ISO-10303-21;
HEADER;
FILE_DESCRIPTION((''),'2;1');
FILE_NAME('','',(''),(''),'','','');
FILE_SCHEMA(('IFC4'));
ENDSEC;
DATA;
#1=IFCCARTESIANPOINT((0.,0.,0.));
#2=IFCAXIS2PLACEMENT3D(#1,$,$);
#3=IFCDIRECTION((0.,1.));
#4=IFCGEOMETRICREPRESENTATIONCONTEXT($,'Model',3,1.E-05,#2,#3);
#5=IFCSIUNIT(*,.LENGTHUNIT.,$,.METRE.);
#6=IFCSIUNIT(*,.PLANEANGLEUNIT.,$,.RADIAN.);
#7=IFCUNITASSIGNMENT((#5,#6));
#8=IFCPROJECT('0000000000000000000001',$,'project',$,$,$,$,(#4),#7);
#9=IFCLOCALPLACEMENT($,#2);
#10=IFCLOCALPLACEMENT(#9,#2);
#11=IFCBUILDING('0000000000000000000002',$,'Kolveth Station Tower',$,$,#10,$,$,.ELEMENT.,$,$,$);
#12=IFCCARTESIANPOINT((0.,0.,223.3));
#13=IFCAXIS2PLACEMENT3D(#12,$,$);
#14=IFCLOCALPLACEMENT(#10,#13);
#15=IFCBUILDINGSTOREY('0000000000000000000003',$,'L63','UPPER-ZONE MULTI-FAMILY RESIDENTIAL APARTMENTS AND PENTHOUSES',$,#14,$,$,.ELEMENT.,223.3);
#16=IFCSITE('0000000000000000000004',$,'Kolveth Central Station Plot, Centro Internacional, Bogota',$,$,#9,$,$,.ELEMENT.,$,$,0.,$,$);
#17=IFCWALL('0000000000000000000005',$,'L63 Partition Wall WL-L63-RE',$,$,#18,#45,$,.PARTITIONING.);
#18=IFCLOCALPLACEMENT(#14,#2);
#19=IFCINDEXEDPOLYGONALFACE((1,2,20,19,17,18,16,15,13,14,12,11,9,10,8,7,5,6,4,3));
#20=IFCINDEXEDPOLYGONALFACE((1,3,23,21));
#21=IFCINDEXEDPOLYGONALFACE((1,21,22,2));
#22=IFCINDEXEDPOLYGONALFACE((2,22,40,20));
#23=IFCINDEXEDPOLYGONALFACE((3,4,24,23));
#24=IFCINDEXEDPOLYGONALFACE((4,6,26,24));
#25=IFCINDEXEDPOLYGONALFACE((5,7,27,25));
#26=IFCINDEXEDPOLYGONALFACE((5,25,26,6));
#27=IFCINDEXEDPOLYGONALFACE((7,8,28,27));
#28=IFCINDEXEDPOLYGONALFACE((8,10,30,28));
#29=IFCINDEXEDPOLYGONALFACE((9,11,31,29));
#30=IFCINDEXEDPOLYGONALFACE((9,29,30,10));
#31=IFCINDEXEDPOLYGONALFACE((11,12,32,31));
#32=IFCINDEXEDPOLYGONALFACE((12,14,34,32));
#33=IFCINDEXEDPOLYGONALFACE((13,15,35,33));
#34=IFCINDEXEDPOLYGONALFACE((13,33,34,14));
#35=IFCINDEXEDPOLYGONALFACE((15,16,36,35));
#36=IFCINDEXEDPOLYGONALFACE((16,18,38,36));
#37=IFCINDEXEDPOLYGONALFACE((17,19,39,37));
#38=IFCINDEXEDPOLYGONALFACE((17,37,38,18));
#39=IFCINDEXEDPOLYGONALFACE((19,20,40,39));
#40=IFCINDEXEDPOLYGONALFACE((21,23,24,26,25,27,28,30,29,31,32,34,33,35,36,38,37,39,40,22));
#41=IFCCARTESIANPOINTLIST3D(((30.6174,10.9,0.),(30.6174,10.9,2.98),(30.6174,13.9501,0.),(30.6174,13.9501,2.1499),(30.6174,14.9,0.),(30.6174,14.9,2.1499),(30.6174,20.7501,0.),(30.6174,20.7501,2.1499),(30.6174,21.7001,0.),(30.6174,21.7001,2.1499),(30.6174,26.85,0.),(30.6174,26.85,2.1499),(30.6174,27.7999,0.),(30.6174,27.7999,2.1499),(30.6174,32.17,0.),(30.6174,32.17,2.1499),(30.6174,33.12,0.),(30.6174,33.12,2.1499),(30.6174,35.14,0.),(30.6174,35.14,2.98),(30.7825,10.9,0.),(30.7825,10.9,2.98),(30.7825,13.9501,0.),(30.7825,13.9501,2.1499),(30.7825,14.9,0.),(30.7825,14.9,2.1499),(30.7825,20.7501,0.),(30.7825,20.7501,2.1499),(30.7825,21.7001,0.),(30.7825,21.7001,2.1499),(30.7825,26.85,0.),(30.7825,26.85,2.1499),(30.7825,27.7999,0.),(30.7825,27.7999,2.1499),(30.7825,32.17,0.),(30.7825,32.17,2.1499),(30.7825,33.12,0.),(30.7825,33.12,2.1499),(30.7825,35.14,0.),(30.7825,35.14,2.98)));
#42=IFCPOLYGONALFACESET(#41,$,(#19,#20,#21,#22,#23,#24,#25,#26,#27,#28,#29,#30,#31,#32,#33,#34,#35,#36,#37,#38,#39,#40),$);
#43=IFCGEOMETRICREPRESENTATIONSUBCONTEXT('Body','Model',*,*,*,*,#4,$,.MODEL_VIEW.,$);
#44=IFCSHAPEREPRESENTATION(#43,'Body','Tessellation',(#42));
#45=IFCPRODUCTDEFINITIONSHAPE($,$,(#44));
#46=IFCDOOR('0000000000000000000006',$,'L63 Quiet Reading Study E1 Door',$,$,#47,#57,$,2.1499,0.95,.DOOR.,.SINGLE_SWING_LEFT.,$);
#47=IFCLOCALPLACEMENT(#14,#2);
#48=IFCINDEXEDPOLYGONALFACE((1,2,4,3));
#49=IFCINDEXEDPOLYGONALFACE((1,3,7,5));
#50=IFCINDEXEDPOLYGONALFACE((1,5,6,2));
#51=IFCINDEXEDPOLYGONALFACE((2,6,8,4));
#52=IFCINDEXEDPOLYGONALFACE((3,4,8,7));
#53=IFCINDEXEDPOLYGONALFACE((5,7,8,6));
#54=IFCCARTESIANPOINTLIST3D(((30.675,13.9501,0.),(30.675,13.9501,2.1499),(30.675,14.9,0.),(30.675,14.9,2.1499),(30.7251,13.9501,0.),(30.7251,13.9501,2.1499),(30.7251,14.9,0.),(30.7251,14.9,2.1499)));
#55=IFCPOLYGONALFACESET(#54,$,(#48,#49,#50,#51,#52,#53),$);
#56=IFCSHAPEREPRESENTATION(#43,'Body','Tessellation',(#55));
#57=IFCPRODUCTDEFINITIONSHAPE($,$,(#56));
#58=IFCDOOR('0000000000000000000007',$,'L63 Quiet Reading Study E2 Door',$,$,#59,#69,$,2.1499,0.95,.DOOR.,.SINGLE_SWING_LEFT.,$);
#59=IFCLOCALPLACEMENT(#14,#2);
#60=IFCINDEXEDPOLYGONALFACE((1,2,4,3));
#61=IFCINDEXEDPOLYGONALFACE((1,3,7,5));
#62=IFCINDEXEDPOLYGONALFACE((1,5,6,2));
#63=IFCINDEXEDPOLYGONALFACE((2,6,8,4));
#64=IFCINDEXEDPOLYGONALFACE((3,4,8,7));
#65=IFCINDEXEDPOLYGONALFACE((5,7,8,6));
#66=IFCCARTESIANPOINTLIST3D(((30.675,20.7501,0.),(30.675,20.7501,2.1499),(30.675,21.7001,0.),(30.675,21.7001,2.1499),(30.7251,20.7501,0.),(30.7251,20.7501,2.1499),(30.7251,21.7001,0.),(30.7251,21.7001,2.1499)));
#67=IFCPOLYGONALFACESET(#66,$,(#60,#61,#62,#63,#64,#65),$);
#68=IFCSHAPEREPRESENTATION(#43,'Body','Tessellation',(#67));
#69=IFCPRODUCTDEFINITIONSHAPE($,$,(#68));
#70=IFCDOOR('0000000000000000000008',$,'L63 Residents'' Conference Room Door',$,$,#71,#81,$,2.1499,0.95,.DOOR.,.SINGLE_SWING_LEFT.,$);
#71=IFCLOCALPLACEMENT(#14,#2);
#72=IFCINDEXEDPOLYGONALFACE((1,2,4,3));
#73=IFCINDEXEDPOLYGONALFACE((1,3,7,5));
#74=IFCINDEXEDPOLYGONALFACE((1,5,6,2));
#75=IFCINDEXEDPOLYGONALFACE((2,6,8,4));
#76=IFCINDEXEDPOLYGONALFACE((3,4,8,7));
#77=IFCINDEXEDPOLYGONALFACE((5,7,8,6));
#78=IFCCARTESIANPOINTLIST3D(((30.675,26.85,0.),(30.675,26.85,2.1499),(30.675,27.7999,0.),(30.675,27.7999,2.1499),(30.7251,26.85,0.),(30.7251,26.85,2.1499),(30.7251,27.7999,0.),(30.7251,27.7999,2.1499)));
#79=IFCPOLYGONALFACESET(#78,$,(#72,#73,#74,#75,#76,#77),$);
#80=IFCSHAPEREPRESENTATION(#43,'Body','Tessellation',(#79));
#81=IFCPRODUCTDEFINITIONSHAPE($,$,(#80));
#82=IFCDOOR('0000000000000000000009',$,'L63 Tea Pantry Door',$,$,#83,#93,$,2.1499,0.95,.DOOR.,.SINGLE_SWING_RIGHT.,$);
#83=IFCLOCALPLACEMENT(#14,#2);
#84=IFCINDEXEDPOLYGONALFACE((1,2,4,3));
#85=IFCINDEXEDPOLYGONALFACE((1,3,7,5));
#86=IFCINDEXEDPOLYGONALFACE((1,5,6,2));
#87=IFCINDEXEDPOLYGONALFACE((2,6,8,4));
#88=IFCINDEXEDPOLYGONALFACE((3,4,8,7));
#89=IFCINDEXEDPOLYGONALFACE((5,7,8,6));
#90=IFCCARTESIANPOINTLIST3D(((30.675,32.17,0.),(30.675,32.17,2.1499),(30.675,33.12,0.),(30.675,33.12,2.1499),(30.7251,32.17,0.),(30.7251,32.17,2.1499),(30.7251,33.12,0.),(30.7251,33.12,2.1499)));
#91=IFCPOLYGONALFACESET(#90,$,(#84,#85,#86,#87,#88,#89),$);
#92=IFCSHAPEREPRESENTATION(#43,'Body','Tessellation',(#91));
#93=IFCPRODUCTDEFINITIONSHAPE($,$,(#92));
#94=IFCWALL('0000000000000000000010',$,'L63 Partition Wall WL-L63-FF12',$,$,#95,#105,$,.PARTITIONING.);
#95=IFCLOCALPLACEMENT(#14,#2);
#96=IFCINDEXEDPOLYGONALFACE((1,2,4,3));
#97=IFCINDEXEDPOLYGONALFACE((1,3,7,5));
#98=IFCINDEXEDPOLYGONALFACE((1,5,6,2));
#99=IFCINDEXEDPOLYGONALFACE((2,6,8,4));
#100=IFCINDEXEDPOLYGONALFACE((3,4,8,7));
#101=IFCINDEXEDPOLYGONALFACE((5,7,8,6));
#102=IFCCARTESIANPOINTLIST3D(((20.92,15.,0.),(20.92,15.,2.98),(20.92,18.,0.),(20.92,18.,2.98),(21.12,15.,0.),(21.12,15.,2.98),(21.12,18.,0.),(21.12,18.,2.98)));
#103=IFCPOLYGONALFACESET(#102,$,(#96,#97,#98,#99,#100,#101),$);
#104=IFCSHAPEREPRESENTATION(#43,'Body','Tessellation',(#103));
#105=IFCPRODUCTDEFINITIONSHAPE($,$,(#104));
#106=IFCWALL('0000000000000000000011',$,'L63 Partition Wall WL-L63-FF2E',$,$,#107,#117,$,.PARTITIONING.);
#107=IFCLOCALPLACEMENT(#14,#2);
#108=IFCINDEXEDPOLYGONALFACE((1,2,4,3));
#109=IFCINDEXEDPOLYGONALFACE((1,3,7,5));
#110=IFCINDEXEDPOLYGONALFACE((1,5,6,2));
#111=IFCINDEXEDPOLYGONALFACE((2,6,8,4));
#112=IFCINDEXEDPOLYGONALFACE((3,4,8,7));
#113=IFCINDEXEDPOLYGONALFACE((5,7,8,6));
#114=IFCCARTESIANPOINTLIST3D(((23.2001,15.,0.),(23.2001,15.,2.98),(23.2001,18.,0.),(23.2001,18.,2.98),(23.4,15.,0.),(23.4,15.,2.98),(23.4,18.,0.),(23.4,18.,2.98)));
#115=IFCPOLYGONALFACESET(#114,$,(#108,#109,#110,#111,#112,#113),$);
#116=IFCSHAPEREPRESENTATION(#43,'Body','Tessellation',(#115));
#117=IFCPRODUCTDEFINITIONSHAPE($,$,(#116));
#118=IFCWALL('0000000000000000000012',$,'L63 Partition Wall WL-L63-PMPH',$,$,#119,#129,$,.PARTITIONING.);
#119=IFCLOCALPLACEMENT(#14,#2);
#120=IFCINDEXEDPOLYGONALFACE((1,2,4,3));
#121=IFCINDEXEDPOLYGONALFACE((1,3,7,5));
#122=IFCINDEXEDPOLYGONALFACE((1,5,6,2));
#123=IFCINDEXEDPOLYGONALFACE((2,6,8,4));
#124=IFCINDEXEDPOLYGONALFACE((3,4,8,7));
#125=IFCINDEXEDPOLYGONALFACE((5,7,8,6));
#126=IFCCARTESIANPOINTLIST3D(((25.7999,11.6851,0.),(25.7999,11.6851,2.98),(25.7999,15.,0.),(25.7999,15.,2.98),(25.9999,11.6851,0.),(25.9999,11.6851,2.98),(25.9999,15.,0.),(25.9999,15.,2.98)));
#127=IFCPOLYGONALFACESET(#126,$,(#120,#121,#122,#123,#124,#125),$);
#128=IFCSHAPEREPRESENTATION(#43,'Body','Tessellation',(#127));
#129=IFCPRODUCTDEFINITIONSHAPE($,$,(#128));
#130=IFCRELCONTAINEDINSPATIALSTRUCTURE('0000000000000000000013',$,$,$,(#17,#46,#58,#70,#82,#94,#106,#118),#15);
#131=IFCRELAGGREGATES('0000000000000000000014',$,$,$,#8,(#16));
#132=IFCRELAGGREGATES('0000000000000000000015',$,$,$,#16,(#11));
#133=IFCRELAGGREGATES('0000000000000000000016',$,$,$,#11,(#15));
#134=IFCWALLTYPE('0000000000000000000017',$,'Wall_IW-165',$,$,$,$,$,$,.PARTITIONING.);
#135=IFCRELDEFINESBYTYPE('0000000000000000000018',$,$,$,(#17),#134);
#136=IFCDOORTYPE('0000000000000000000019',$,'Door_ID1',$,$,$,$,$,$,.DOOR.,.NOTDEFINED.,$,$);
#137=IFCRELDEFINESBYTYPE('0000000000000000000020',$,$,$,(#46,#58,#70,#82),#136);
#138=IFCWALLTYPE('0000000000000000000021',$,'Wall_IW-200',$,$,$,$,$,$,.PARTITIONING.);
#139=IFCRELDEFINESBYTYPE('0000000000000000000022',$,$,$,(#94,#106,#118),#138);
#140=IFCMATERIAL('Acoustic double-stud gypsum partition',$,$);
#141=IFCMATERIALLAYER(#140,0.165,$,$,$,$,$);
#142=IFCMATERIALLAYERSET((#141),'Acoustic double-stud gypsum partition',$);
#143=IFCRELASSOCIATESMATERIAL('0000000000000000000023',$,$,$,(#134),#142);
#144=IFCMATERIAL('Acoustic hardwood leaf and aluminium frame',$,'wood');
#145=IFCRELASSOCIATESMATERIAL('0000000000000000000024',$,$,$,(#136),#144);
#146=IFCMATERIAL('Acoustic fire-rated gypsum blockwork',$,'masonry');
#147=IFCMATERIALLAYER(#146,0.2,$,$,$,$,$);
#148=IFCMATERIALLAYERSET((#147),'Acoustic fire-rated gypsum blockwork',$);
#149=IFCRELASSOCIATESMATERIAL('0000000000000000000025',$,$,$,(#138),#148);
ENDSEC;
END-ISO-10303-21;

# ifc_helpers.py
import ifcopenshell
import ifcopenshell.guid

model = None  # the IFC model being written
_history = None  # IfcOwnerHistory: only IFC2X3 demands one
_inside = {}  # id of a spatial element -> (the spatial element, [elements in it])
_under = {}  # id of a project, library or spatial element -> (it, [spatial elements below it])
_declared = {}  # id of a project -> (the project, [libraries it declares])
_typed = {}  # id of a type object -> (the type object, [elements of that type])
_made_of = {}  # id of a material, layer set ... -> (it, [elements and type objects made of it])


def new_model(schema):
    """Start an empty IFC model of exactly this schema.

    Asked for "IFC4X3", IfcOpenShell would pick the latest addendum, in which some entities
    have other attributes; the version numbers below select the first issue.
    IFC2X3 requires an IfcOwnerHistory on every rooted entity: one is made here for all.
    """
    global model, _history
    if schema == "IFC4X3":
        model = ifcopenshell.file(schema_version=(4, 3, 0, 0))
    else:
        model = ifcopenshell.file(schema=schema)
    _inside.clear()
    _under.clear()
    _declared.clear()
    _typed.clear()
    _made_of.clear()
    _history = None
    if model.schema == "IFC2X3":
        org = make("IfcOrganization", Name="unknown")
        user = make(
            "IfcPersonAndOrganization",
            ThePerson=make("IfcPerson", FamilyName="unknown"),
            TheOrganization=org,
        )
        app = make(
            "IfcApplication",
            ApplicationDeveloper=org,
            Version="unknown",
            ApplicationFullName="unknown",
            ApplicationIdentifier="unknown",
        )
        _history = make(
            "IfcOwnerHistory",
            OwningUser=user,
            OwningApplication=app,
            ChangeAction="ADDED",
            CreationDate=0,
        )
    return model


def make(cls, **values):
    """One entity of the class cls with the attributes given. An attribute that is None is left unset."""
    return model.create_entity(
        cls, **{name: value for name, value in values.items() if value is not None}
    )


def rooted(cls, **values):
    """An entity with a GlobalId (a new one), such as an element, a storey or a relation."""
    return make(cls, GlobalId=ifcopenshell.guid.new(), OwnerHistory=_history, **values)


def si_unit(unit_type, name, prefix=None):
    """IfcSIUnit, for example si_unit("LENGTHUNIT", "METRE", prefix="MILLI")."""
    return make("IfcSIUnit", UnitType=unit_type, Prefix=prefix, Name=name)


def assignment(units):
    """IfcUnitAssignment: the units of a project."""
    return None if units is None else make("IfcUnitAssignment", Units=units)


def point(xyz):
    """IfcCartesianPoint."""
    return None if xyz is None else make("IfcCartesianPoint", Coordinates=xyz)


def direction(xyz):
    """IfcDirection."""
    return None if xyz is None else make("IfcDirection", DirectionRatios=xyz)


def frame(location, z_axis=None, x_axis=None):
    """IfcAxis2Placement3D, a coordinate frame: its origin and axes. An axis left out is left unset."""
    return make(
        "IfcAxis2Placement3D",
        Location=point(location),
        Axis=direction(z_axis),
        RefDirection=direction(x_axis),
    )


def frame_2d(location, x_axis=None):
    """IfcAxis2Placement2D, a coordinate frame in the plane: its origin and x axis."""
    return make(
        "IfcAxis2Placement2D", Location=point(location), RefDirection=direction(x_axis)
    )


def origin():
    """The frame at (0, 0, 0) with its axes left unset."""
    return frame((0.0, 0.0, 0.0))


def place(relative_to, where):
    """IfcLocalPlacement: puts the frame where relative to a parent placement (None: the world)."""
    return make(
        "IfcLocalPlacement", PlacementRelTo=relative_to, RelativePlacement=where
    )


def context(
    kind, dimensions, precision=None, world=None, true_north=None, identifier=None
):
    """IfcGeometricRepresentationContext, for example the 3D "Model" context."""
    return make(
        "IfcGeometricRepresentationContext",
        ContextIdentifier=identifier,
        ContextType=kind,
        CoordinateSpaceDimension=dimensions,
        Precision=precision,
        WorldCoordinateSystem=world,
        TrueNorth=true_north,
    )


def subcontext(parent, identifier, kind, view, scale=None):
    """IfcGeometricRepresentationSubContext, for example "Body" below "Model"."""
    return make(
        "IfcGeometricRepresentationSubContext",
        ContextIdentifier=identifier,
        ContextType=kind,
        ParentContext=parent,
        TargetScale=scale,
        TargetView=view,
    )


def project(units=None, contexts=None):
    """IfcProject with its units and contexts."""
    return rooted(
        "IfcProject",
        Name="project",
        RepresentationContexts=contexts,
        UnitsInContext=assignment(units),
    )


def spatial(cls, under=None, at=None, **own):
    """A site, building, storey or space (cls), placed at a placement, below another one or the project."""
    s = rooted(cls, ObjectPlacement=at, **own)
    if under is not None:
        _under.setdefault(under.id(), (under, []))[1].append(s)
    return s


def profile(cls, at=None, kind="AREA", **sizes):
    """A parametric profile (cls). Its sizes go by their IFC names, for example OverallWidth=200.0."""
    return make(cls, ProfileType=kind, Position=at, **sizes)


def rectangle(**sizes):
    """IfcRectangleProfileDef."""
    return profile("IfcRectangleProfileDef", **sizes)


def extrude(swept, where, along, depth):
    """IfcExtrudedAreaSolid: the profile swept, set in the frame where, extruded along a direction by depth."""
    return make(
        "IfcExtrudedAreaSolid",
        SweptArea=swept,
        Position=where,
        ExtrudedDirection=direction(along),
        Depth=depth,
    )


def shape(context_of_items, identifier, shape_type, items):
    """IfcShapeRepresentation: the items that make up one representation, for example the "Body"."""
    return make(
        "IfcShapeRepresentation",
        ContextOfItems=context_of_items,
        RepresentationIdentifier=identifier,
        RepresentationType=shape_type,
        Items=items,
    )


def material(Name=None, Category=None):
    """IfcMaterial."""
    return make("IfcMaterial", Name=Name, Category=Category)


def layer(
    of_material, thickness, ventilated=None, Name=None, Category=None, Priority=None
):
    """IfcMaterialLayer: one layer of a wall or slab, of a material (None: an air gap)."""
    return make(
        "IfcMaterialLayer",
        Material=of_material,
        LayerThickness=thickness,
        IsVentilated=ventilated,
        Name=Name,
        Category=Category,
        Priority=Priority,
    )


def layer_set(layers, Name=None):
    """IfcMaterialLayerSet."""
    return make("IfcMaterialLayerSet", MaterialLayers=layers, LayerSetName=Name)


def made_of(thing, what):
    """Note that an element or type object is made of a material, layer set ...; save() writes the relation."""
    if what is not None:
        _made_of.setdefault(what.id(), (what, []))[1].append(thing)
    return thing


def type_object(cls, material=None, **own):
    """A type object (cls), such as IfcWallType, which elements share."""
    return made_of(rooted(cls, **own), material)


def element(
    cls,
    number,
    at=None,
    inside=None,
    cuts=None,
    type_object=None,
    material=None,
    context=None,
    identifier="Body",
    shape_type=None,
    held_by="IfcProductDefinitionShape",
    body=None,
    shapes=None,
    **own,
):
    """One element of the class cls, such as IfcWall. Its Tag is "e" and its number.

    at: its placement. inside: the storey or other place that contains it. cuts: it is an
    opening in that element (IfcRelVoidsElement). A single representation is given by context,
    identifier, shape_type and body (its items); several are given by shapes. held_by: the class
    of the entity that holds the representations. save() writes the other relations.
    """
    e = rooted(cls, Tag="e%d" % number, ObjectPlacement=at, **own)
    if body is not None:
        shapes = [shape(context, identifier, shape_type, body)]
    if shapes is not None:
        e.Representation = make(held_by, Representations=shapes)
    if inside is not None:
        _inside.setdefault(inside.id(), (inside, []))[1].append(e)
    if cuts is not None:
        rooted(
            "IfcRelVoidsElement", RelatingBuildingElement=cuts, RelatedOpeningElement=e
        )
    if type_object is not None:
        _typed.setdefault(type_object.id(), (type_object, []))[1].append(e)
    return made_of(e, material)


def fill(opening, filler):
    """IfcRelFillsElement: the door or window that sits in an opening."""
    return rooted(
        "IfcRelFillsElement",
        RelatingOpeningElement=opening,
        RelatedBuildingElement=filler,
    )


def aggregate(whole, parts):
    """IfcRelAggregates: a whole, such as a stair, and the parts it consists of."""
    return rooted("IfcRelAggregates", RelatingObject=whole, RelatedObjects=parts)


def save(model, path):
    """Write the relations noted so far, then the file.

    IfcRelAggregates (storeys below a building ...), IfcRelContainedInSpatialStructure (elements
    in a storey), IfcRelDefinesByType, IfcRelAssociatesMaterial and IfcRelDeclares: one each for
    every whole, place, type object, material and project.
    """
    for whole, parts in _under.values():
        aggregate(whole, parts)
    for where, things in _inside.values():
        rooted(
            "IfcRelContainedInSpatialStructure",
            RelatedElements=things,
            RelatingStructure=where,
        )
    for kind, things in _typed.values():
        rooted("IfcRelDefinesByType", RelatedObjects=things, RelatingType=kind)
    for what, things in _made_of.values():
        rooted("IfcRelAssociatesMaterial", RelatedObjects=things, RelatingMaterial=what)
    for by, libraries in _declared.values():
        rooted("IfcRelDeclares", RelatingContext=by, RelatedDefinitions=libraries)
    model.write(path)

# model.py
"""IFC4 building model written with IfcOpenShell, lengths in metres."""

from ifc_helpers import new_model, si_unit, direction, frame, frame_2d, origin, place, context, subcontext, project, spatial, rectangle, extrude, material, layer, layer_set, type_object, element, fill, save


model = new_model("IFC4")

# Units and contexts
model_context = context("Model", 3, precision=1e-05, world=origin(), true_north=direction((0.0, 1.0)))
body_context = subcontext(model_context, "Body", "Model", "MODEL_VIEW")
ifc_project = project(units=[si_unit("LENGTHUNIT", "METRE"), si_unit("PLANEANGLEUNIT", "RADIAN")], contexts=[model_context])

# Site, building, storey
site_placement = place(None, origin())
site = spatial("IfcSite", under=ifc_project, at=site_placement, Name="Kolveth Central Station Plot, Centro Internacional, Bogota", CompositionType="ELEMENT", RefElevation=0.0)
building_placement = place(site_placement, origin())
building = spatial("IfcBuilding", under=site, at=building_placement, Name="Kolveth Station Tower", CompositionType="ELEMENT")
storey_placement = place(building_placement, frame((0.0, 0.0, 223.3)))
storey = spatial("IfcBuildingStorey", under=building, at=storey_placement, Name="L63", Description="UPPER-ZONE MULTI-FAMILY RESIDENTIAL APARTMENTS AND PENTHOUSES", CompositionType="ELEMENT", Elevation=223.3)

# Shared definitions
ifc_material_1 = material(Name="Acoustic double-stud gypsum partition")
ifc_layer_1 = layer(ifc_material_1, 0.165)
ifc_layer_set_1 = layer_set([ifc_layer_1], Name="Acoustic double-stud gypsum partition")
wall_type_1 = type_object("IfcWallType", Name="Wall_IW-165", PredefinedType="PARTITIONING", material=ifc_layer_set_1)

# Wall, openings, doors
wall_1_placement = place(storey_placement, frame((30.7, 10.8999, 0.0), z_axis=(0.0, 0.0, 1.0), x_axis=(0.0, 1.0, 0.0)))
wall_1 = element("IfcWall", 1, at=wall_1_placement, inside=storey, type_object=wall_type_1, Name="L63 Partition Wall WL-L63-RE", PredefinedType="PARTITIONING", context=body_context, shape_type="SweptSolid", body=[
    extrude(rectangle(XDim=24.24, YDim=0.165, at=frame_2d((12.1201, 0.0))), origin(), (0.0, 0.0, 1.0), 2.98),
])
opening_1_placement = place(wall_1_placement, frame((3.05, 0.0, 0.0)))
opening_1 = element("IfcOpeningElement", 2, at=opening_1_placement, cuts=wall_1, PredefinedType="OPENING", context=body_context, shape_type="SweptSolid", body=[
    extrude(rectangle(XDim=0.95, YDim=2.1499, at=frame_2d((0.4751, 1.075))), frame((0.0, 0.0925, 0.0), z_axis=(0.0, -1.0, 0.0), x_axis=(1.0, 0.0, 0.0)), (0.0, 0.0, 1.0), 0.1851),
])
opening_2_placement = place(wall_1_placement, frame((9.8501, 0.0, 0.0)))
opening_2 = element("IfcOpeningElement", 3, at=opening_2_placement, cuts=wall_1, PredefinedType="OPENING", context=body_context, shape_type="SweptSolid", body=[
    extrude(rectangle(XDim=0.95, YDim=2.1499, at=frame_2d((0.4751, 1.075))), frame((0.0, 0.0925, 0.0), z_axis=(0.0, -1.0, 0.0), x_axis=(1.0, 0.0, 0.0)), (0.0, 0.0, 1.0), 0.1851),
])
opening_3_placement = place(wall_1_placement, frame((15.95, 0.0, 0.0)))
opening_3 = element("IfcOpeningElement", 4, at=opening_3_placement, cuts=wall_1, PredefinedType="OPENING", context=body_context, shape_type="SweptSolid", body=[
    extrude(rectangle(XDim=0.95, YDim=2.1499, at=frame_2d((0.4751, 1.075))), frame((0.0, 0.0925, 0.0), z_axis=(0.0, -1.0, 0.0), x_axis=(1.0, 0.0, 0.0)), (0.0, 0.0, 1.0), 0.1851),
])
opening_4_placement = place(wall_1_placement, frame((21.27, 0.0, 0.0)))
opening_4 = element("IfcOpeningElement", 5, at=opening_4_placement, cuts=wall_1, PredefinedType="OPENING", context=body_context, shape_type="SweptSolid", body=[
    extrude(rectangle(XDim=0.95, YDim=2.1499, at=frame_2d((0.4751, 1.075))), frame((0.0, 0.0925, 0.0), z_axis=(0.0, -1.0, 0.0), x_axis=(1.0, 0.0, 0.0)), (0.0, 0.0, 1.0), 0.1851),
])
ifc_material_2 = material(Name="Acoustic hardwood leaf and aluminium frame", Category="wood")
door_type_1 = type_object("IfcDoorType", Name="Door_ID1", OperationType="NOTDEFINED", PredefinedType="DOOR", material=ifc_material_2)
door_1_placement = place(opening_1_placement, origin())
door_1 = element("IfcDoor", 6, at=door_1_placement, inside=storey, type_object=door_type_1, Name="L63 Quiet Reading Study E1 Door", OperationType="SINGLE_SWING_LEFT", OverallHeight=2.1499, OverallWidth=0.95, PredefinedType="DOOR", context=body_context, shape_type="SweptSolid", body=[
    extrude(rectangle(XDim=0.95, YDim=2.1499, at=frame_2d((0.4751, 1.075))), frame((0.0, 0.0249, 0.0), z_axis=(0.0, -1.0, 0.0), x_axis=(1.0, 0.0, 0.0)), (0.0, 0.0, 1.0), 0.05),
])
fill(opening_1, door_1)
door_2_placement = place(opening_2_placement, origin())
door_2 = element("IfcDoor", 7, at=door_2_placement, inside=storey, type_object=door_type_1, Name="L63 Quiet Reading Study E2 Door", OperationType="SINGLE_SWING_LEFT", OverallHeight=2.1499, OverallWidth=0.95, PredefinedType="DOOR", context=body_context, shape_type="SweptSolid", body=[
    extrude(rectangle(XDim=0.95, YDim=2.1499, at=frame_2d((0.4751, 1.075))), frame((0.0, 0.0249, 0.0), z_axis=(0.0, -1.0, 0.0), x_axis=(1.0, 0.0, 0.0)), (0.0, 0.0, 1.0), 0.05),
])
fill(opening_2, door_2)
door_3_placement = place(opening_3_placement, origin())
door_3 = element("IfcDoor", 8, at=door_3_placement, inside=storey, type_object=door_type_1, Name="L63 Residents' Conference Room Door", OperationType="SINGLE_SWING_LEFT", OverallHeight=2.1499, OverallWidth=0.95, PredefinedType="DOOR", context=body_context, shape_type="SweptSolid", body=[
    extrude(rectangle(XDim=0.95, YDim=2.1499, at=frame_2d((0.4751, 1.075))), frame((0.0, 0.0249, 0.0), z_axis=(0.0, -1.0, 0.0), x_axis=(1.0, 0.0, 0.0)), (0.0, 0.0, 1.0), 0.05),
])
fill(opening_3, door_3)
door_4_placement = place(opening_4_placement, origin())
door_4 = element("IfcDoor", 9, at=door_4_placement, inside=storey, type_object=door_type_1, Name="L63 Tea Pantry Door", OperationType="SINGLE_SWING_RIGHT", OverallHeight=2.1499, OverallWidth=0.95, PredefinedType="DOOR", context=body_context, shape_type="SweptSolid", body=[
    extrude(rectangle(XDim=0.95, YDim=2.1499, at=frame_2d((0.4751, 1.075))), frame((0.0, 0.0249, 0.0), z_axis=(0.0, -1.0, 0.0), x_axis=(1.0, 0.0, 0.0)), (0.0, 0.0, 1.0), 0.05),
])
fill(opening_4, door_4)

# Walls
ifc_material_3 = material(Name="Acoustic fire-rated gypsum blockwork", Category="masonry")
ifc_layer_2 = layer(ifc_material_3, 0.2)
ifc_layer_set_2 = layer_set([ifc_layer_2], Name="Acoustic fire-rated gypsum blockwork")
wall_type_2 = type_object("IfcWallType", Name="Wall_IW-200", PredefinedType="PARTITIONING", material=ifc_layer_set_2)
for number, where, z_axis, x_axis, name in (
    (10, (21.02, 15.0, 0.0), (0.0, 0.0, 1.0), (0.0, 1.0, 0.0), "L63 Partition Wall WL-L63-FF12"),
    (11, (23.3, 15.0, 0.0), (0.0, 0.0, 1.0), (0.0, 1.0, 0.0), "L63 Partition Wall WL-L63-FF2E"),
):
    element("IfcWall", number, at=place(storey_placement, frame(where, z_axis=z_axis, x_axis=x_axis)), inside=storey, type_object=wall_type_2, Name=name, PredefinedType="PARTITIONING", context=body_context, shape_type="SweptSolid", body=[
        extrude(rectangle(XDim=3.0, YDim=0.2, at=frame_2d((1.5, 0.0))), origin(), (0.0, 0.0, 1.0), 2.98),
    ])
wall_2_placement = place(storey_placement, frame((25.8999, 11.6851, 0.0), z_axis=(0.0, 0.0, 1.0), x_axis=(0.0, 1.0, 0.0)))
element("IfcWall", 12, at=wall_2_placement, inside=storey, type_object=wall_type_2, Name="L63 Partition Wall WL-L63-PMPH", PredefinedType="PARTITIONING", context=body_context, shape_type="SweptSolid", body=[
    extrude(rectangle(XDim=3.3149, YDim=0.2, at=frame_2d((1.6575, 0.0))), origin(), (0.0, 0.0, 1.0), 2.98),
])

save(model, "model.ifc")
